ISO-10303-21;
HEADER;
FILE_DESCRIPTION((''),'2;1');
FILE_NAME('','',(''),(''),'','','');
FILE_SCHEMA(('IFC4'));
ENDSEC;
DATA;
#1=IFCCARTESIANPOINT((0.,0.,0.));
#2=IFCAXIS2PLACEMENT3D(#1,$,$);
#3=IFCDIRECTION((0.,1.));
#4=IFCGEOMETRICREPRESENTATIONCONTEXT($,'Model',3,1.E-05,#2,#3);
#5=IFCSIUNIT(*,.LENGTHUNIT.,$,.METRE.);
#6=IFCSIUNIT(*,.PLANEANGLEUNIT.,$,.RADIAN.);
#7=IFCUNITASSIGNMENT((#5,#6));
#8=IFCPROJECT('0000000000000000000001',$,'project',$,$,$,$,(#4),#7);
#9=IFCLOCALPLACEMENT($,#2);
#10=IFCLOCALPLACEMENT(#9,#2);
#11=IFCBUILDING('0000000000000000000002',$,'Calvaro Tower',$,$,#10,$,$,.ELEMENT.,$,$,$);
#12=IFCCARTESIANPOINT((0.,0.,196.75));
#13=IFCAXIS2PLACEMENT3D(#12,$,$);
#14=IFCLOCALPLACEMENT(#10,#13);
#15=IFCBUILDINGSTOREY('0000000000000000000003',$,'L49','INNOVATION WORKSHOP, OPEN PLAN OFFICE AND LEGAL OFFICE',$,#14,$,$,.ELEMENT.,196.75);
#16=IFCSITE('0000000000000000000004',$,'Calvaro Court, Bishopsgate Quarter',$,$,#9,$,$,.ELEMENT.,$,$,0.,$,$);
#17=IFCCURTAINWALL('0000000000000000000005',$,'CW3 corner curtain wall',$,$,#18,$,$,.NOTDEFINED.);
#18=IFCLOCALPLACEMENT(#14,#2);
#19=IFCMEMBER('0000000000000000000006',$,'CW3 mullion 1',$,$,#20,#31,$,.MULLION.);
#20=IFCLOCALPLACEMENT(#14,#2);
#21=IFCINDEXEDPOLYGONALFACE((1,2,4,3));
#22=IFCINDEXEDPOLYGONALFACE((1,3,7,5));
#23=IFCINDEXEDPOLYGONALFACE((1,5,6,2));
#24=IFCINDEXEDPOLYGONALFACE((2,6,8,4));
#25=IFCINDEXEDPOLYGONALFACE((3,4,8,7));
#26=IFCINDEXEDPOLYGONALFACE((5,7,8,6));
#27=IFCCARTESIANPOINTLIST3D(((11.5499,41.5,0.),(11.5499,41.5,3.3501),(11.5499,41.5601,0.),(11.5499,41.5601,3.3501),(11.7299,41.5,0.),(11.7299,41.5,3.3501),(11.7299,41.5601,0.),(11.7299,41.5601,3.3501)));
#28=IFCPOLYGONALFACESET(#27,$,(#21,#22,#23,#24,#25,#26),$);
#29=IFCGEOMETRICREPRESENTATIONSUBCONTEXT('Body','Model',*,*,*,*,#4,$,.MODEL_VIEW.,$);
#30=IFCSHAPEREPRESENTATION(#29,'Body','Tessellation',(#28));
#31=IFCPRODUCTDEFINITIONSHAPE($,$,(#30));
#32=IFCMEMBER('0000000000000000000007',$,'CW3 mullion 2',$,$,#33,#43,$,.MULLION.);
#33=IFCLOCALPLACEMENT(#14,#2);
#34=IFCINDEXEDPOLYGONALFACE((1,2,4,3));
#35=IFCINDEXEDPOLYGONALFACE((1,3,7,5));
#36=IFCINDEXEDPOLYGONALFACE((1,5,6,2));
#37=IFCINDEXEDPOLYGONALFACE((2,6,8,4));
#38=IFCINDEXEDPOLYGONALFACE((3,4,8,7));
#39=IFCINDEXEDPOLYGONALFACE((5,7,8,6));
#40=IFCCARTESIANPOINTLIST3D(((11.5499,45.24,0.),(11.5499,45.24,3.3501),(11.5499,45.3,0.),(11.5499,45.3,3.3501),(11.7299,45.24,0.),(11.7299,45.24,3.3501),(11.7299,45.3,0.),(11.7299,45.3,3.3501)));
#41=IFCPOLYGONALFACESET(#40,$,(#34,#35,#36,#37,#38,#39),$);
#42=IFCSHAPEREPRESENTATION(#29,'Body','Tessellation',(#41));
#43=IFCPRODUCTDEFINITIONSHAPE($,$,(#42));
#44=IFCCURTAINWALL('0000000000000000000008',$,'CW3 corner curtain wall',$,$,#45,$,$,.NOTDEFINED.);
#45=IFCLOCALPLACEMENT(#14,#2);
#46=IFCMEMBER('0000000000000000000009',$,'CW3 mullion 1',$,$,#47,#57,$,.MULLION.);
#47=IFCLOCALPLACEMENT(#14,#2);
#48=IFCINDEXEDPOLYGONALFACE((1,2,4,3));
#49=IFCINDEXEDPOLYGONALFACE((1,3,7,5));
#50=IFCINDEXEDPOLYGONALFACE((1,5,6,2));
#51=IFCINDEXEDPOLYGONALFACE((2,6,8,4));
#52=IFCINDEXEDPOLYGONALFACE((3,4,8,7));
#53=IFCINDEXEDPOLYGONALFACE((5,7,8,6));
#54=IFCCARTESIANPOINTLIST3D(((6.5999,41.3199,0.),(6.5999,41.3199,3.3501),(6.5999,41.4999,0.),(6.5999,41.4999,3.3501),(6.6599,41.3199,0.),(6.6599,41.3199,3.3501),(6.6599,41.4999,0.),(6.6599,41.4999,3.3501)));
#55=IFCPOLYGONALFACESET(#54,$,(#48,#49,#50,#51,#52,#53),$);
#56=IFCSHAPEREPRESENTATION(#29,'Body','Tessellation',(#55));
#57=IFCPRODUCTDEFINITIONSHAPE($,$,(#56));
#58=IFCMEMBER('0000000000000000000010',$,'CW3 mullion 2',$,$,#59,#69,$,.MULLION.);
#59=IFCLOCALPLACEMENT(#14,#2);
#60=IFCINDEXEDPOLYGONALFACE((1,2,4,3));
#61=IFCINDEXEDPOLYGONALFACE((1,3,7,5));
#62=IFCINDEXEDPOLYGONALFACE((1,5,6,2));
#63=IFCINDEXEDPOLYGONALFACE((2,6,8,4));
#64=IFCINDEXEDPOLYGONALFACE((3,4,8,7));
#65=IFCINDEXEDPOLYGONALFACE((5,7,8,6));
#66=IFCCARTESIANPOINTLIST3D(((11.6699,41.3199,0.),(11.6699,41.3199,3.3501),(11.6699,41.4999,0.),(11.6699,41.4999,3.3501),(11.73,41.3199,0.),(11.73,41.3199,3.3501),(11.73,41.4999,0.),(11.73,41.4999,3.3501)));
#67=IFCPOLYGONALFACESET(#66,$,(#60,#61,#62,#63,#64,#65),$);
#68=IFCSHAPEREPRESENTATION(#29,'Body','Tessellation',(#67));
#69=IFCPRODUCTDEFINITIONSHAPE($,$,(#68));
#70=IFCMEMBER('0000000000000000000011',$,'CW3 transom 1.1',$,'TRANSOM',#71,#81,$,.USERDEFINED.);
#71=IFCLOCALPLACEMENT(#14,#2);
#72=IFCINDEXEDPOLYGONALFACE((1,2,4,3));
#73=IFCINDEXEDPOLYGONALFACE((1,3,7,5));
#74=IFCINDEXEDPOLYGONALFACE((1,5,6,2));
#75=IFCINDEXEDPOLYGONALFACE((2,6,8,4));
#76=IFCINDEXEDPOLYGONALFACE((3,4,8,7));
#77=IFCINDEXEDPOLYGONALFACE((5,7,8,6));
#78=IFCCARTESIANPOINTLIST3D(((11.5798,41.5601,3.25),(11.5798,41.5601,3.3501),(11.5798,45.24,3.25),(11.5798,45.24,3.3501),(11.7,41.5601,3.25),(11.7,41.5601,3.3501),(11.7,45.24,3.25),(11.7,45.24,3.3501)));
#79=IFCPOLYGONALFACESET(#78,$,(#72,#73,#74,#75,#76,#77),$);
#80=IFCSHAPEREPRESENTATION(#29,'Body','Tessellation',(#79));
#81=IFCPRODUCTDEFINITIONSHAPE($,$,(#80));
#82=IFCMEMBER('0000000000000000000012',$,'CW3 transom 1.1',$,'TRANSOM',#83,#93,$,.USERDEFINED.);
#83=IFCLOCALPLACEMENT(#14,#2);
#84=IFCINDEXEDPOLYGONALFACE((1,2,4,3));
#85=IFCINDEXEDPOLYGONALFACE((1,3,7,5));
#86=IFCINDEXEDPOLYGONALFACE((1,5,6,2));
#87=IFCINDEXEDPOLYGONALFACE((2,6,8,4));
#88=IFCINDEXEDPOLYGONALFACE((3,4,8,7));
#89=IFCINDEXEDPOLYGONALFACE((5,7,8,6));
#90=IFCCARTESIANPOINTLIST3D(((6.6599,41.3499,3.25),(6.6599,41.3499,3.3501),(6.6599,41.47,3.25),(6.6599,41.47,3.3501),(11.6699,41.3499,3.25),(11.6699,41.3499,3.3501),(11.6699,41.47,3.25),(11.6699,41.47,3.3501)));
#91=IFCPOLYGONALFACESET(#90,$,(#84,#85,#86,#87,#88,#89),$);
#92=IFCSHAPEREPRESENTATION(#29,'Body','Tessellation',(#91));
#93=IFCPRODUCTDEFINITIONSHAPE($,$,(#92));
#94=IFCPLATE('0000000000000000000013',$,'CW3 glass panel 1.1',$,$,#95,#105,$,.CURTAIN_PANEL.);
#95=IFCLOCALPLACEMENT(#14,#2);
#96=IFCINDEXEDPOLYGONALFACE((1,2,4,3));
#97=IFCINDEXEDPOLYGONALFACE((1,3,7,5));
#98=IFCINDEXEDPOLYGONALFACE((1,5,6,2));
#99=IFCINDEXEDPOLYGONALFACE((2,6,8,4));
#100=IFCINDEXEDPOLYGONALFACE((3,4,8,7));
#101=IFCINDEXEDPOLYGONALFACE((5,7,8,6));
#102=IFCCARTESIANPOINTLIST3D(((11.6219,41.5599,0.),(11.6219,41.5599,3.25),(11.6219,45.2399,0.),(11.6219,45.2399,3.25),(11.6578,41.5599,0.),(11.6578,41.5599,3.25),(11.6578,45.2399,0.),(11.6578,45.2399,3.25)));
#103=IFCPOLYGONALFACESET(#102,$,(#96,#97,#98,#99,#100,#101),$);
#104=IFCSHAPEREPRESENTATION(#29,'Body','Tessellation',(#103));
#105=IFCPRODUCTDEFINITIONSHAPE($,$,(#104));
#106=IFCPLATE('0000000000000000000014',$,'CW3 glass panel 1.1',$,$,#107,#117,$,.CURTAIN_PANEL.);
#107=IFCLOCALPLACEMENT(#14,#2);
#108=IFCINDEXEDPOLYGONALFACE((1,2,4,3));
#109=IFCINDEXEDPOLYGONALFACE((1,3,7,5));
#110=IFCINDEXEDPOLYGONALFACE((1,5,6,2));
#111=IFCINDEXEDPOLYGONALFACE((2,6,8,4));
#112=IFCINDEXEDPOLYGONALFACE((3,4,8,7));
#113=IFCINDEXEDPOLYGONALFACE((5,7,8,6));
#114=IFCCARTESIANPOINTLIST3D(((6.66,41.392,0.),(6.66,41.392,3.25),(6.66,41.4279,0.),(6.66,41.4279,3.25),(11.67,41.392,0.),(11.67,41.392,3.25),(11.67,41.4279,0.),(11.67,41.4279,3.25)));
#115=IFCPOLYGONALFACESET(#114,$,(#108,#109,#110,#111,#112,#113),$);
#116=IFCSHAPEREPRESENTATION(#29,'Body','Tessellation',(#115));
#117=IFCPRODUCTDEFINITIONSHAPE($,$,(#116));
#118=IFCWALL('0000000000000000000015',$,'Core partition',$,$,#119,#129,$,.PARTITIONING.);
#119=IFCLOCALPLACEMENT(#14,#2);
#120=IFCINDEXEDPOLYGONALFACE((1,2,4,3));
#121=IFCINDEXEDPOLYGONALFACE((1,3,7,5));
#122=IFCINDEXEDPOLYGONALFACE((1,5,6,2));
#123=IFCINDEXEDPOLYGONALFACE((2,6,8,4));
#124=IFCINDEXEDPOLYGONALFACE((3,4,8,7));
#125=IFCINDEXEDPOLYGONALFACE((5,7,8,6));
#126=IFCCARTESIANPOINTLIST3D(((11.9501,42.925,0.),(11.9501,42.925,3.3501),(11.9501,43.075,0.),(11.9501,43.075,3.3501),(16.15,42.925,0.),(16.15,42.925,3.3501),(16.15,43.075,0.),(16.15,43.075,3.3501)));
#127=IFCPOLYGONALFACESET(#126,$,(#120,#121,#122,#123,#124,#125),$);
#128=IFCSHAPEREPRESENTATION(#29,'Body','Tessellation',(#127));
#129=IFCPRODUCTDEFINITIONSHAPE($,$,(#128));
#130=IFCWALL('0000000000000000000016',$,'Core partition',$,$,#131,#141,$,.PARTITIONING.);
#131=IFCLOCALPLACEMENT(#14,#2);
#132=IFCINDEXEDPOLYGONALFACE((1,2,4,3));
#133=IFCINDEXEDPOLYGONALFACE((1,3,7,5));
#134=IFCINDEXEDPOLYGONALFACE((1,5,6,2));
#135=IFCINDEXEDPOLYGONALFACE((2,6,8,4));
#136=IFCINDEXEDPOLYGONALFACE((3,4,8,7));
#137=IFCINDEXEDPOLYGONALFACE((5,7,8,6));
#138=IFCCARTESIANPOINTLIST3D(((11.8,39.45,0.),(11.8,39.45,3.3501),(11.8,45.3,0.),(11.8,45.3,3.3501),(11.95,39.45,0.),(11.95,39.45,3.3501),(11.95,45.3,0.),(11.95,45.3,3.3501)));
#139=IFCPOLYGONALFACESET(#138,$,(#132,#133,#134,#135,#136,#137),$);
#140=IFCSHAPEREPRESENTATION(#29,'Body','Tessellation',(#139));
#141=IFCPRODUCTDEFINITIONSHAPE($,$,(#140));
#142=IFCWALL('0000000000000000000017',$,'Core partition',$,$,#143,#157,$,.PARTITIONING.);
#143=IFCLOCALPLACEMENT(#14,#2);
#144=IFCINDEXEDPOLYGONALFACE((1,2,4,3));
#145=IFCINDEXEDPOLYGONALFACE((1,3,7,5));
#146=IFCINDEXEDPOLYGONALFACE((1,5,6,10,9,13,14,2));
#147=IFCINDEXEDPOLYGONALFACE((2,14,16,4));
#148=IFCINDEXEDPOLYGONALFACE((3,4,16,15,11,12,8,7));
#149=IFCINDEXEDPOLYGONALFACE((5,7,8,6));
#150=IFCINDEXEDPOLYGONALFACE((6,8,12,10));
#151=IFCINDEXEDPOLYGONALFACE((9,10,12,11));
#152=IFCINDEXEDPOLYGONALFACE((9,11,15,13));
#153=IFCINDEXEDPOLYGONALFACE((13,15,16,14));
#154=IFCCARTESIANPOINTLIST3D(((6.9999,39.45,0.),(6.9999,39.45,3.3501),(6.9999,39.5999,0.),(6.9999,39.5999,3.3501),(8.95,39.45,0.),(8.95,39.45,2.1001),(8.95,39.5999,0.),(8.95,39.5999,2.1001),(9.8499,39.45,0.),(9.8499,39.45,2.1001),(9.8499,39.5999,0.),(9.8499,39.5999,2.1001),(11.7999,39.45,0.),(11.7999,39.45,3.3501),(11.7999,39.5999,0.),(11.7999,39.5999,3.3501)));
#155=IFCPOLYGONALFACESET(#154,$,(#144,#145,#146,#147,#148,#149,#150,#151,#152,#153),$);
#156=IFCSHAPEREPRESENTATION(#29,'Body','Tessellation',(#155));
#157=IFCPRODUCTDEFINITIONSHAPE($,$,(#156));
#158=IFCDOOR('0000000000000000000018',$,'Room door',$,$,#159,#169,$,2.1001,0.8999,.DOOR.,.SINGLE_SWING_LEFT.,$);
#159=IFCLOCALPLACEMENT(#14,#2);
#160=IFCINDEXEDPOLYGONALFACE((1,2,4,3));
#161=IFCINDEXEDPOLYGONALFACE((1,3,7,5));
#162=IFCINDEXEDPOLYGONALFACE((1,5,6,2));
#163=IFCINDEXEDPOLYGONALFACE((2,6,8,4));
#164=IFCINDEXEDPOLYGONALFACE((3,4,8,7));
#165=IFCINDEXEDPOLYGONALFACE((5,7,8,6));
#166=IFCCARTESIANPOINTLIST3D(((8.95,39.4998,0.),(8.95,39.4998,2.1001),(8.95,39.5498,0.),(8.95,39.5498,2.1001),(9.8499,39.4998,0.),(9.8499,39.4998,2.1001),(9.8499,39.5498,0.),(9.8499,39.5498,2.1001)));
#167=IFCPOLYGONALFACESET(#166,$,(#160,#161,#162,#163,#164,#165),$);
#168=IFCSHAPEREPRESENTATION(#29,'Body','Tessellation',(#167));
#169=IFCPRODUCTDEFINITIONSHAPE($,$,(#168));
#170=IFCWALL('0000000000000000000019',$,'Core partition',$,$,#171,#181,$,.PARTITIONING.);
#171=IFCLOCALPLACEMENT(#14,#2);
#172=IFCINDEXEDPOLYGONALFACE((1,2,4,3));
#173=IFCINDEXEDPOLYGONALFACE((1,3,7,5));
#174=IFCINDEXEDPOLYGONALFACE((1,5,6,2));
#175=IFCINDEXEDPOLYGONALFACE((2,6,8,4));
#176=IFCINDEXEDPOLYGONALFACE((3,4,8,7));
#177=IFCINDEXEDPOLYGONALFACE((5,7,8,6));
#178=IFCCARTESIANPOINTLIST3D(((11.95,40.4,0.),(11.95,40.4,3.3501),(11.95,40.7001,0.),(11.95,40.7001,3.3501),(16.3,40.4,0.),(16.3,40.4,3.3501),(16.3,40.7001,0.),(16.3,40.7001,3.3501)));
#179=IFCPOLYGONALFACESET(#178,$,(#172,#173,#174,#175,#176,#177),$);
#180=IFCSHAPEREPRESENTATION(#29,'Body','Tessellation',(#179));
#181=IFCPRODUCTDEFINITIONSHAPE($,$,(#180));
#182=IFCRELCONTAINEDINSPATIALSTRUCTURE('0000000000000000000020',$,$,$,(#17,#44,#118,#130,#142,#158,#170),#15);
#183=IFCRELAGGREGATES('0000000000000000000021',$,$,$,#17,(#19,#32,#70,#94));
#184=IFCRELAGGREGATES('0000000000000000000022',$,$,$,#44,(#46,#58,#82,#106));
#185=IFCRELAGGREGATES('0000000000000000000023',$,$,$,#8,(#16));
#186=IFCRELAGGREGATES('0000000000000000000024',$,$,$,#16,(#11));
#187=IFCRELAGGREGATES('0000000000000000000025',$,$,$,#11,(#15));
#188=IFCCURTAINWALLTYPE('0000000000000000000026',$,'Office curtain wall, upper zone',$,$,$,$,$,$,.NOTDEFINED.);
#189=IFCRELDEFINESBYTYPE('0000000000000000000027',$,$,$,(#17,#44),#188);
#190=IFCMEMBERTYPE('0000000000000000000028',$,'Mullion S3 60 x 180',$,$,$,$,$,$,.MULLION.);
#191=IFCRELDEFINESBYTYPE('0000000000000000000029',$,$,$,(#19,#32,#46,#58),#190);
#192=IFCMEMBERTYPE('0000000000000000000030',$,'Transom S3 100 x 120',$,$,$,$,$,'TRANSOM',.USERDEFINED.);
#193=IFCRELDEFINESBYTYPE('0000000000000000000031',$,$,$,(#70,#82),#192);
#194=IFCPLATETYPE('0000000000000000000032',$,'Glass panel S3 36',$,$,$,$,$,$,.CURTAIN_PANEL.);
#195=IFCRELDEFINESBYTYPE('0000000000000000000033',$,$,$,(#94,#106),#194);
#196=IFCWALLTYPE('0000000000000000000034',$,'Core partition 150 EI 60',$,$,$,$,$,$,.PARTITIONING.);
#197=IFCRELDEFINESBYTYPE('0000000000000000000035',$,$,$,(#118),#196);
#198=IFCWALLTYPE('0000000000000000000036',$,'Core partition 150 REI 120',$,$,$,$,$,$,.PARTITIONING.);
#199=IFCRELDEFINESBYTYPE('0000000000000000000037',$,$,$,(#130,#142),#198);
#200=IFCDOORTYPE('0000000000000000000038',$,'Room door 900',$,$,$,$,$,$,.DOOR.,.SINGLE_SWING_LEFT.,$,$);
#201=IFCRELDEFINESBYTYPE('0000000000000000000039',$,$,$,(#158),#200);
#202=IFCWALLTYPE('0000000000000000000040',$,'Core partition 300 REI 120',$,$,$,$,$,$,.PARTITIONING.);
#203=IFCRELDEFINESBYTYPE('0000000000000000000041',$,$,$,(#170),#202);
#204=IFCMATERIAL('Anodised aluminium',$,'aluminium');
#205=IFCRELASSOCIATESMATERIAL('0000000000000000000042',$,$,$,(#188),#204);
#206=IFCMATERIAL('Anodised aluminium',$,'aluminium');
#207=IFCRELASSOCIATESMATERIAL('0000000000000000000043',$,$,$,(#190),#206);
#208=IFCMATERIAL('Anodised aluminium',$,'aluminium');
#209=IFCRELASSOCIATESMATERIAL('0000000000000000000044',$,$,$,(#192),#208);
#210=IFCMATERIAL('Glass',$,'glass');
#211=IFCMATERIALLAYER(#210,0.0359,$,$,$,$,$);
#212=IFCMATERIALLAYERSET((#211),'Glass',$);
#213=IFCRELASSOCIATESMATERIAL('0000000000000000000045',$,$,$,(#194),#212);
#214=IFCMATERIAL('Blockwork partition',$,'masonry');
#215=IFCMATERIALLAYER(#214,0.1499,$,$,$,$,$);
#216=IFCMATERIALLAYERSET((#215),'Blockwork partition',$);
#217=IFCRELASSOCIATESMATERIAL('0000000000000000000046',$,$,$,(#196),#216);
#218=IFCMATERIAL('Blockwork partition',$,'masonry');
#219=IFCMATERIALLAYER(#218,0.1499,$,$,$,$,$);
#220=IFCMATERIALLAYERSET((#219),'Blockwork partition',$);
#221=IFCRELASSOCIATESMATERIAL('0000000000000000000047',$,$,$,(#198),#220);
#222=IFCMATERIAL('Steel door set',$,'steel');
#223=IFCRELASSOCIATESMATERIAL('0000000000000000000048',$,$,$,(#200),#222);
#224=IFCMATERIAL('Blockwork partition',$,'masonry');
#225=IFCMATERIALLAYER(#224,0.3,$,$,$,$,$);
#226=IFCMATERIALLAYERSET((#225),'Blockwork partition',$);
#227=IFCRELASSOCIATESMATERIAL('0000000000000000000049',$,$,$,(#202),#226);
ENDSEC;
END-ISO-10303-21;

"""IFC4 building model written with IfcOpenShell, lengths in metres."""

from ifc_helpers import new_model, si_unit, direction, frame, frame_2d, origin, origin_2d, place, context, subcontext, project, spatial, rectangle, extrude, material, layer, layer_set, material_profile, profile_set, type_object, element, fill, aggregate, save


model = new_model("IFC4")

# Units and contexts
model_context = context("Model", 3, precision=1e-05, world=origin(), true_north=direction((0.0, 1.0)))
body_context = subcontext(model_context, "Body", "Model", "MODEL_VIEW")
ifc_project = project(units=[si_unit("LENGTHUNIT", "METRE"), si_unit("PLANEANGLEUNIT", "RADIAN")], contexts=[model_context])

# Site, building, storey
site_placement = place(None, origin())
site = spatial("IfcSite", under=ifc_project, at=site_placement, Name="Calvaro Court, Bishopsgate Quarter", CompositionType="ELEMENT", RefElevation=0.0)
building_placement = place(site_placement, origin())
building = spatial("IfcBuilding", under=site, at=building_placement, Name="Calvaro Tower", CompositionType="ELEMENT")
storey_placement = place(building_placement, frame((0.0, 0.0, 196.75)))
storey = spatial("IfcBuildingStorey", under=building, at=storey_placement, Name="L49", Description="INNOVATION WORKSHOP, OPEN PLAN OFFICE AND LEGAL OFFICE", CompositionType="ELEMENT", Elevation=196.75)

# Curtain walls, members
ifc_material_1 = material(Name="Anodised aluminium", Category="aluminium")
curtain_wall_type = type_object("IfcCurtainWallType", Name="Office curtain wall, upper zone", PredefinedType="NOTDEFINED", material=ifc_material_1)
curtain_wall_1_placement = place(storey_placement, origin())
curtain_wall_1 = element("IfcCurtainWall", 1, at=curtain_wall_1_placement, inside=storey, type_object=curtain_wall_type, Name="CW3 corner curtain wall", PredefinedType="NOTDEFINED")
ifc_material_2 = material(Name="Anodised aluminium", Category="aluminium")
ifc_material_profile_1 = material_profile(ifc_material_2, rectangle(XDim=0.1799, YDim=0.0601, at=origin_2d()), Name="Mullion S3 60 x 180")
ifc_profile_set_1 = profile_set([ifc_material_profile_1], Name="Anodised aluminium")
member_type_1 = type_object("IfcMemberType", Name="Mullion S3 60 x 180", PredefinedType="MULLION", material=ifc_profile_set_1)
member_1_placement = place(storey_placement, frame((11.6399, 41.53, 0.0), z_axis=(0.0, 0.0, 1.0), x_axis=(-1.0, 0.0, 0.0)))
member_1 = element("IfcMember", 2, at=member_1_placement, type_object=member_type_1, Name="CW3 mullion 1", PredefinedType="MULLION", context=body_context, shape_type="SweptSolid", body=[
    extrude(rectangle(XDim=0.1799, YDim=0.0601, at=origin_2d()), origin(), (0.0, 0.0, 1.0), 3.3501),
])
member_2_placement = place(storey_placement, frame((11.6399, 45.27, 0.0), z_axis=(0.0, 0.0, 1.0), x_axis=(-1.0, 0.0, 0.0)))
member_2 = element("IfcMember", 3, at=member_2_placement, type_object=member_type_1, Name="CW3 mullion 2", PredefinedType="MULLION", context=body_context, shape_type="SweptSolid", body=[
    extrude(rectangle(XDim=0.1799, YDim=0.0601, at=origin_2d()), origin(), (0.0, 0.0, 1.0), 3.3501),
])
curtain_wall_2_placement = place(storey_placement, origin())
curtain_wall_2 = element("IfcCurtainWall", 4, at=curtain_wall_2_placement, inside=storey, type_object=curtain_wall_type, Name="CW3 corner curtain wall", PredefinedType="NOTDEFINED")
member_3_placement = place(storey_placement, frame((6.6299, 41.4099, 0.0), z_axis=(0.0, 0.0, 1.0), x_axis=(0.0, 1.0, 0.0)))
member_3 = element("IfcMember", 5, at=member_3_placement, type_object=member_type_1, Name="CW3 mullion 1", PredefinedType="MULLION", context=body_context, shape_type="SweptSolid", body=[
    extrude(rectangle(XDim=0.1799, YDim=0.0601, at=origin_2d()), origin(), (0.0, 0.0, 1.0), 3.3501),
])
member_4_placement = place(storey_placement, frame((11.7, 41.4099, 0.0), z_axis=(0.0, 0.0, 1.0), x_axis=(0.0, 1.0, 0.0)))
member_4 = element("IfcMember", 6, at=member_4_placement, type_object=member_type_1, Name="CW3 mullion 2", PredefinedType="MULLION", context=body_context, shape_type="SweptSolid", body=[
    extrude(rectangle(XDim=0.1799, YDim=0.0601, at=origin_2d()), origin(), (0.0, 0.0, 1.0), 3.3501),
])

# Members
ifc_material_3 = material(Name="Anodised aluminium", Category="aluminium")
ifc_material_profile_2 = material_profile(ifc_material_3, rectangle(XDim=0.1201, YDim=0.1001, at=origin_2d()), Name="Transom S3 100 x 120")
ifc_profile_set_2 = profile_set([ifc_material_profile_2], Name="Anodised aluminium")
member_type_2 = type_object("IfcMemberType", Name="Transom S3 100 x 120", ElementType="TRANSOM", PredefinedType="USERDEFINED", material=ifc_profile_set_2)
member_5_placement = place(storey_placement, frame((11.6399, 41.5601, 3.3), z_axis=(0.0, 1.0, 0.0), x_axis=(-1.0, 0.0, 0.0)))
member_5 = element("IfcMember", 7, at=member_5_placement, type_object=member_type_2, Name="CW3 transom 1.1", ObjectType="TRANSOM", PredefinedType="USERDEFINED", context=body_context, shape_type="SweptSolid", body=[
    extrude(rectangle(XDim=0.1201, YDim=0.1001, at=origin_2d()), origin(), (0.0, 0.0, 1.0), 3.6799),
])
member_6_placement = place(storey_placement, frame((6.6599, 41.4099, 3.3), z_axis=(1.0, 0.0, 0.0), x_axis=(0.0, 1.0, 0.0)))
member_6 = element("IfcMember", 8, at=member_6_placement, type_object=member_type_2, Name="CW3 transom 1.1", ObjectType="TRANSOM", PredefinedType="USERDEFINED", context=body_context, shape_type="SweptSolid", body=[
    extrude(rectangle(XDim=0.1201, YDim=0.1001, at=origin_2d()), origin(), (0.0, 0.0, 1.0), 5.01),
])

# Plates
ifc_material_4 = material(Name="Glass", Category="glass")
ifc_layer_1 = layer(ifc_material_4, 0.0359)
ifc_layer_set_1 = layer_set([ifc_layer_1], Name="Glass")
plate_type = type_object("IfcPlateType", Name="Glass panel S3 36", PredefinedType="CURTAIN_PANEL", material=ifc_layer_set_1)
plate_1_placement = place(storey_placement, frame((11.6399, 43.3999, 0.0), z_axis=(0.0, 0.0, 1.0), x_axis=(0.0, 1.0, 0.0)))
plate_1 = element("IfcPlate", 9, at=plate_1_placement, type_object=plate_type, Name="CW3 glass panel 1.1", PredefinedType="CURTAIN_PANEL", context=body_context, shape_type="SweptSolid", body=[
    extrude(rectangle(XDim=3.6799, YDim=0.0359, at=origin_2d()), origin(), (0.0, 0.0, 1.0), 3.25),
])
aggregate(curtain_wall_1, [member_1, member_2, member_5, plate_1])
plate_2_placement = place(storey_placement, frame((9.165, 41.4099, 0.0), z_axis=(0.0, 0.0, 1.0), x_axis=(1.0, 0.0, 0.0)))
plate_2 = element("IfcPlate", 10, at=plate_2_placement, type_object=plate_type, Name="CW3 glass panel 1.1", PredefinedType="CURTAIN_PANEL", context=body_context, shape_type="SweptSolid", body=[
    extrude(rectangle(XDim=5.01, YDim=0.0359, at=origin_2d()), origin(), (0.0, 0.0, 1.0), 3.25),
])
aggregate(curtain_wall_2, [member_3, member_4, member_6, plate_2])

# Walls
ifc_material_5 = material(Name="Blockwork partition", Category="masonry")
ifc_layer_2 = layer(ifc_material_5, 0.1499)
ifc_layer_set_2 = layer_set([ifc_layer_2], Name="Blockwork partition")
wall_type_1 = type_object("IfcWallType", Name="Core partition 150 EI 60", PredefinedType="PARTITIONING", material=ifc_layer_set_2)
wall_1_placement = place(storey_placement, frame((11.95, 43.0, 0.0), z_axis=(0.0, 0.0, 1.0), x_axis=(1.0, 0.0, 0.0)))
element("IfcWall", 11, at=wall_1_placement, inside=storey, type_object=wall_type_1, Name="Core partition", PredefinedType="PARTITIONING", context=body_context, shape_type="SweptSolid", body=[
    extrude(rectangle(XDim=4.2, YDim=0.1499, at=frame_2d((2.1001, 0.0))), origin(), (0.0, 0.0, 1.0), 3.3501),
])
ifc_material_6 = material(Name="Blockwork partition", Category="masonry")
ifc_layer_3 = layer(ifc_material_6, 0.1499)
ifc_layer_set_3 = layer_set([ifc_layer_3], Name="Blockwork partition")
wall_type_2 = type_object("IfcWallType", Name="Core partition 150 REI 120", PredefinedType="PARTITIONING", material=ifc_layer_set_3)
wall_2_placement = place(storey_placement, frame((11.875, 39.45, 0.0), z_axis=(0.0, 0.0, 1.0), x_axis=(0.0, 1.0, 0.0)))
element("IfcWall", 12, at=wall_2_placement, inside=storey, type_object=wall_type_2, Name="Core partition", PredefinedType="PARTITIONING", context=body_context, shape_type="SweptSolid", body=[
    extrude(rectangle(XDim=5.8501, YDim=0.1499, at=frame_2d((2.925, 0.0))), origin(), (0.0, 0.0, 1.0), 3.3501),
])

# Wall, opening, door
wall_3_placement = place(storey_placement, frame((7.0, 39.5249, 0.0), z_axis=(0.0, 0.0, 1.0), x_axis=(1.0, 0.0, 0.0)))
wall_3 = element("IfcWall", 13, at=wall_3_placement, inside=storey, type_object=wall_type_2, Name="Core partition", PredefinedType="PARTITIONING", context=body_context, shape_type="SweptSolid", body=[
    extrude(rectangle(XDim=4.8, YDim=0.1499, at=frame_2d((2.3999, 0.0))), origin(), (0.0, 0.0, 1.0), 3.3501),
])
opening_1_placement = place(wall_3_placement, frame((1.95, 0.0, 0.0)))
opening_1 = element("IfcOpeningElement", 14, at=opening_1_placement, cuts=wall_3, PredefinedType="OPENING", context=body_context, shape_type="SweptSolid", body=[
    extrude(rectangle(XDim=0.8999, YDim=2.1001, at=frame_2d((0.45, 1.05))), frame((0.0, 0.085, 0.0), z_axis=(0.0, -1.0, 0.0), x_axis=(1.0, 0.0, 0.0)), (0.0, 0.0, 1.0), 0.1699),
])
ifc_material_7 = material(Name="Steel door set", Category="steel")
door_type = type_object("IfcDoorType", Name="Room door 900", OperationType="SINGLE_SWING_LEFT", PredefinedType="DOOR", material=ifc_material_7)
door_placement = place(opening_1_placement, origin())
door = element("IfcDoor", 15, at=door_placement, inside=storey, type_object=door_type, Name="Room door", OperationType="SINGLE_SWING_LEFT", OverallHeight=2.1001, OverallWidth=0.8999, PredefinedType="DOOR", context=body_context, shape_type="SweptSolid", body=[
    extrude(rectangle(XDim=0.8999, YDim=2.1001, at=frame_2d((0.45, 1.05))), frame((0.0, 0.0249, 0.0), z_axis=(0.0, -1.0, 0.0), x_axis=(1.0, 0.0, 0.0)), (0.0, 0.0, 1.0), 0.05),
])
fill(opening_1, door)

# Wall
ifc_material_8 = material(Name="Blockwork partition", Category="masonry")
ifc_layer_4 = layer(ifc_material_8, 0.3)
ifc_layer_set_4 = layer_set([ifc_layer_4], Name="Blockwork partition")
wall_type_3 = type_object("IfcWallType", Name="Core partition 300 REI 120", PredefinedType="PARTITIONING", material=ifc_layer_set_4)
wall_4_placement = place(storey_placement, frame((11.95, 40.55, 0.0), z_axis=(0.0, 0.0, 1.0), x_axis=(1.0, 0.0, 0.0)))
element("IfcWall", 16, at=wall_4_placement, inside=storey, type_object=wall_type_3, Name="Core partition", PredefinedType="PARTITIONING", context=body_context, shape_type="SweptSolid", body=[
    extrude(rectangle(XDim=4.3501, YDim=0.3, at=frame_2d((2.175, 0.0))), origin(), (0.0, 0.0, 1.0), 3.3501),
])

save(model, "model.ifc")
